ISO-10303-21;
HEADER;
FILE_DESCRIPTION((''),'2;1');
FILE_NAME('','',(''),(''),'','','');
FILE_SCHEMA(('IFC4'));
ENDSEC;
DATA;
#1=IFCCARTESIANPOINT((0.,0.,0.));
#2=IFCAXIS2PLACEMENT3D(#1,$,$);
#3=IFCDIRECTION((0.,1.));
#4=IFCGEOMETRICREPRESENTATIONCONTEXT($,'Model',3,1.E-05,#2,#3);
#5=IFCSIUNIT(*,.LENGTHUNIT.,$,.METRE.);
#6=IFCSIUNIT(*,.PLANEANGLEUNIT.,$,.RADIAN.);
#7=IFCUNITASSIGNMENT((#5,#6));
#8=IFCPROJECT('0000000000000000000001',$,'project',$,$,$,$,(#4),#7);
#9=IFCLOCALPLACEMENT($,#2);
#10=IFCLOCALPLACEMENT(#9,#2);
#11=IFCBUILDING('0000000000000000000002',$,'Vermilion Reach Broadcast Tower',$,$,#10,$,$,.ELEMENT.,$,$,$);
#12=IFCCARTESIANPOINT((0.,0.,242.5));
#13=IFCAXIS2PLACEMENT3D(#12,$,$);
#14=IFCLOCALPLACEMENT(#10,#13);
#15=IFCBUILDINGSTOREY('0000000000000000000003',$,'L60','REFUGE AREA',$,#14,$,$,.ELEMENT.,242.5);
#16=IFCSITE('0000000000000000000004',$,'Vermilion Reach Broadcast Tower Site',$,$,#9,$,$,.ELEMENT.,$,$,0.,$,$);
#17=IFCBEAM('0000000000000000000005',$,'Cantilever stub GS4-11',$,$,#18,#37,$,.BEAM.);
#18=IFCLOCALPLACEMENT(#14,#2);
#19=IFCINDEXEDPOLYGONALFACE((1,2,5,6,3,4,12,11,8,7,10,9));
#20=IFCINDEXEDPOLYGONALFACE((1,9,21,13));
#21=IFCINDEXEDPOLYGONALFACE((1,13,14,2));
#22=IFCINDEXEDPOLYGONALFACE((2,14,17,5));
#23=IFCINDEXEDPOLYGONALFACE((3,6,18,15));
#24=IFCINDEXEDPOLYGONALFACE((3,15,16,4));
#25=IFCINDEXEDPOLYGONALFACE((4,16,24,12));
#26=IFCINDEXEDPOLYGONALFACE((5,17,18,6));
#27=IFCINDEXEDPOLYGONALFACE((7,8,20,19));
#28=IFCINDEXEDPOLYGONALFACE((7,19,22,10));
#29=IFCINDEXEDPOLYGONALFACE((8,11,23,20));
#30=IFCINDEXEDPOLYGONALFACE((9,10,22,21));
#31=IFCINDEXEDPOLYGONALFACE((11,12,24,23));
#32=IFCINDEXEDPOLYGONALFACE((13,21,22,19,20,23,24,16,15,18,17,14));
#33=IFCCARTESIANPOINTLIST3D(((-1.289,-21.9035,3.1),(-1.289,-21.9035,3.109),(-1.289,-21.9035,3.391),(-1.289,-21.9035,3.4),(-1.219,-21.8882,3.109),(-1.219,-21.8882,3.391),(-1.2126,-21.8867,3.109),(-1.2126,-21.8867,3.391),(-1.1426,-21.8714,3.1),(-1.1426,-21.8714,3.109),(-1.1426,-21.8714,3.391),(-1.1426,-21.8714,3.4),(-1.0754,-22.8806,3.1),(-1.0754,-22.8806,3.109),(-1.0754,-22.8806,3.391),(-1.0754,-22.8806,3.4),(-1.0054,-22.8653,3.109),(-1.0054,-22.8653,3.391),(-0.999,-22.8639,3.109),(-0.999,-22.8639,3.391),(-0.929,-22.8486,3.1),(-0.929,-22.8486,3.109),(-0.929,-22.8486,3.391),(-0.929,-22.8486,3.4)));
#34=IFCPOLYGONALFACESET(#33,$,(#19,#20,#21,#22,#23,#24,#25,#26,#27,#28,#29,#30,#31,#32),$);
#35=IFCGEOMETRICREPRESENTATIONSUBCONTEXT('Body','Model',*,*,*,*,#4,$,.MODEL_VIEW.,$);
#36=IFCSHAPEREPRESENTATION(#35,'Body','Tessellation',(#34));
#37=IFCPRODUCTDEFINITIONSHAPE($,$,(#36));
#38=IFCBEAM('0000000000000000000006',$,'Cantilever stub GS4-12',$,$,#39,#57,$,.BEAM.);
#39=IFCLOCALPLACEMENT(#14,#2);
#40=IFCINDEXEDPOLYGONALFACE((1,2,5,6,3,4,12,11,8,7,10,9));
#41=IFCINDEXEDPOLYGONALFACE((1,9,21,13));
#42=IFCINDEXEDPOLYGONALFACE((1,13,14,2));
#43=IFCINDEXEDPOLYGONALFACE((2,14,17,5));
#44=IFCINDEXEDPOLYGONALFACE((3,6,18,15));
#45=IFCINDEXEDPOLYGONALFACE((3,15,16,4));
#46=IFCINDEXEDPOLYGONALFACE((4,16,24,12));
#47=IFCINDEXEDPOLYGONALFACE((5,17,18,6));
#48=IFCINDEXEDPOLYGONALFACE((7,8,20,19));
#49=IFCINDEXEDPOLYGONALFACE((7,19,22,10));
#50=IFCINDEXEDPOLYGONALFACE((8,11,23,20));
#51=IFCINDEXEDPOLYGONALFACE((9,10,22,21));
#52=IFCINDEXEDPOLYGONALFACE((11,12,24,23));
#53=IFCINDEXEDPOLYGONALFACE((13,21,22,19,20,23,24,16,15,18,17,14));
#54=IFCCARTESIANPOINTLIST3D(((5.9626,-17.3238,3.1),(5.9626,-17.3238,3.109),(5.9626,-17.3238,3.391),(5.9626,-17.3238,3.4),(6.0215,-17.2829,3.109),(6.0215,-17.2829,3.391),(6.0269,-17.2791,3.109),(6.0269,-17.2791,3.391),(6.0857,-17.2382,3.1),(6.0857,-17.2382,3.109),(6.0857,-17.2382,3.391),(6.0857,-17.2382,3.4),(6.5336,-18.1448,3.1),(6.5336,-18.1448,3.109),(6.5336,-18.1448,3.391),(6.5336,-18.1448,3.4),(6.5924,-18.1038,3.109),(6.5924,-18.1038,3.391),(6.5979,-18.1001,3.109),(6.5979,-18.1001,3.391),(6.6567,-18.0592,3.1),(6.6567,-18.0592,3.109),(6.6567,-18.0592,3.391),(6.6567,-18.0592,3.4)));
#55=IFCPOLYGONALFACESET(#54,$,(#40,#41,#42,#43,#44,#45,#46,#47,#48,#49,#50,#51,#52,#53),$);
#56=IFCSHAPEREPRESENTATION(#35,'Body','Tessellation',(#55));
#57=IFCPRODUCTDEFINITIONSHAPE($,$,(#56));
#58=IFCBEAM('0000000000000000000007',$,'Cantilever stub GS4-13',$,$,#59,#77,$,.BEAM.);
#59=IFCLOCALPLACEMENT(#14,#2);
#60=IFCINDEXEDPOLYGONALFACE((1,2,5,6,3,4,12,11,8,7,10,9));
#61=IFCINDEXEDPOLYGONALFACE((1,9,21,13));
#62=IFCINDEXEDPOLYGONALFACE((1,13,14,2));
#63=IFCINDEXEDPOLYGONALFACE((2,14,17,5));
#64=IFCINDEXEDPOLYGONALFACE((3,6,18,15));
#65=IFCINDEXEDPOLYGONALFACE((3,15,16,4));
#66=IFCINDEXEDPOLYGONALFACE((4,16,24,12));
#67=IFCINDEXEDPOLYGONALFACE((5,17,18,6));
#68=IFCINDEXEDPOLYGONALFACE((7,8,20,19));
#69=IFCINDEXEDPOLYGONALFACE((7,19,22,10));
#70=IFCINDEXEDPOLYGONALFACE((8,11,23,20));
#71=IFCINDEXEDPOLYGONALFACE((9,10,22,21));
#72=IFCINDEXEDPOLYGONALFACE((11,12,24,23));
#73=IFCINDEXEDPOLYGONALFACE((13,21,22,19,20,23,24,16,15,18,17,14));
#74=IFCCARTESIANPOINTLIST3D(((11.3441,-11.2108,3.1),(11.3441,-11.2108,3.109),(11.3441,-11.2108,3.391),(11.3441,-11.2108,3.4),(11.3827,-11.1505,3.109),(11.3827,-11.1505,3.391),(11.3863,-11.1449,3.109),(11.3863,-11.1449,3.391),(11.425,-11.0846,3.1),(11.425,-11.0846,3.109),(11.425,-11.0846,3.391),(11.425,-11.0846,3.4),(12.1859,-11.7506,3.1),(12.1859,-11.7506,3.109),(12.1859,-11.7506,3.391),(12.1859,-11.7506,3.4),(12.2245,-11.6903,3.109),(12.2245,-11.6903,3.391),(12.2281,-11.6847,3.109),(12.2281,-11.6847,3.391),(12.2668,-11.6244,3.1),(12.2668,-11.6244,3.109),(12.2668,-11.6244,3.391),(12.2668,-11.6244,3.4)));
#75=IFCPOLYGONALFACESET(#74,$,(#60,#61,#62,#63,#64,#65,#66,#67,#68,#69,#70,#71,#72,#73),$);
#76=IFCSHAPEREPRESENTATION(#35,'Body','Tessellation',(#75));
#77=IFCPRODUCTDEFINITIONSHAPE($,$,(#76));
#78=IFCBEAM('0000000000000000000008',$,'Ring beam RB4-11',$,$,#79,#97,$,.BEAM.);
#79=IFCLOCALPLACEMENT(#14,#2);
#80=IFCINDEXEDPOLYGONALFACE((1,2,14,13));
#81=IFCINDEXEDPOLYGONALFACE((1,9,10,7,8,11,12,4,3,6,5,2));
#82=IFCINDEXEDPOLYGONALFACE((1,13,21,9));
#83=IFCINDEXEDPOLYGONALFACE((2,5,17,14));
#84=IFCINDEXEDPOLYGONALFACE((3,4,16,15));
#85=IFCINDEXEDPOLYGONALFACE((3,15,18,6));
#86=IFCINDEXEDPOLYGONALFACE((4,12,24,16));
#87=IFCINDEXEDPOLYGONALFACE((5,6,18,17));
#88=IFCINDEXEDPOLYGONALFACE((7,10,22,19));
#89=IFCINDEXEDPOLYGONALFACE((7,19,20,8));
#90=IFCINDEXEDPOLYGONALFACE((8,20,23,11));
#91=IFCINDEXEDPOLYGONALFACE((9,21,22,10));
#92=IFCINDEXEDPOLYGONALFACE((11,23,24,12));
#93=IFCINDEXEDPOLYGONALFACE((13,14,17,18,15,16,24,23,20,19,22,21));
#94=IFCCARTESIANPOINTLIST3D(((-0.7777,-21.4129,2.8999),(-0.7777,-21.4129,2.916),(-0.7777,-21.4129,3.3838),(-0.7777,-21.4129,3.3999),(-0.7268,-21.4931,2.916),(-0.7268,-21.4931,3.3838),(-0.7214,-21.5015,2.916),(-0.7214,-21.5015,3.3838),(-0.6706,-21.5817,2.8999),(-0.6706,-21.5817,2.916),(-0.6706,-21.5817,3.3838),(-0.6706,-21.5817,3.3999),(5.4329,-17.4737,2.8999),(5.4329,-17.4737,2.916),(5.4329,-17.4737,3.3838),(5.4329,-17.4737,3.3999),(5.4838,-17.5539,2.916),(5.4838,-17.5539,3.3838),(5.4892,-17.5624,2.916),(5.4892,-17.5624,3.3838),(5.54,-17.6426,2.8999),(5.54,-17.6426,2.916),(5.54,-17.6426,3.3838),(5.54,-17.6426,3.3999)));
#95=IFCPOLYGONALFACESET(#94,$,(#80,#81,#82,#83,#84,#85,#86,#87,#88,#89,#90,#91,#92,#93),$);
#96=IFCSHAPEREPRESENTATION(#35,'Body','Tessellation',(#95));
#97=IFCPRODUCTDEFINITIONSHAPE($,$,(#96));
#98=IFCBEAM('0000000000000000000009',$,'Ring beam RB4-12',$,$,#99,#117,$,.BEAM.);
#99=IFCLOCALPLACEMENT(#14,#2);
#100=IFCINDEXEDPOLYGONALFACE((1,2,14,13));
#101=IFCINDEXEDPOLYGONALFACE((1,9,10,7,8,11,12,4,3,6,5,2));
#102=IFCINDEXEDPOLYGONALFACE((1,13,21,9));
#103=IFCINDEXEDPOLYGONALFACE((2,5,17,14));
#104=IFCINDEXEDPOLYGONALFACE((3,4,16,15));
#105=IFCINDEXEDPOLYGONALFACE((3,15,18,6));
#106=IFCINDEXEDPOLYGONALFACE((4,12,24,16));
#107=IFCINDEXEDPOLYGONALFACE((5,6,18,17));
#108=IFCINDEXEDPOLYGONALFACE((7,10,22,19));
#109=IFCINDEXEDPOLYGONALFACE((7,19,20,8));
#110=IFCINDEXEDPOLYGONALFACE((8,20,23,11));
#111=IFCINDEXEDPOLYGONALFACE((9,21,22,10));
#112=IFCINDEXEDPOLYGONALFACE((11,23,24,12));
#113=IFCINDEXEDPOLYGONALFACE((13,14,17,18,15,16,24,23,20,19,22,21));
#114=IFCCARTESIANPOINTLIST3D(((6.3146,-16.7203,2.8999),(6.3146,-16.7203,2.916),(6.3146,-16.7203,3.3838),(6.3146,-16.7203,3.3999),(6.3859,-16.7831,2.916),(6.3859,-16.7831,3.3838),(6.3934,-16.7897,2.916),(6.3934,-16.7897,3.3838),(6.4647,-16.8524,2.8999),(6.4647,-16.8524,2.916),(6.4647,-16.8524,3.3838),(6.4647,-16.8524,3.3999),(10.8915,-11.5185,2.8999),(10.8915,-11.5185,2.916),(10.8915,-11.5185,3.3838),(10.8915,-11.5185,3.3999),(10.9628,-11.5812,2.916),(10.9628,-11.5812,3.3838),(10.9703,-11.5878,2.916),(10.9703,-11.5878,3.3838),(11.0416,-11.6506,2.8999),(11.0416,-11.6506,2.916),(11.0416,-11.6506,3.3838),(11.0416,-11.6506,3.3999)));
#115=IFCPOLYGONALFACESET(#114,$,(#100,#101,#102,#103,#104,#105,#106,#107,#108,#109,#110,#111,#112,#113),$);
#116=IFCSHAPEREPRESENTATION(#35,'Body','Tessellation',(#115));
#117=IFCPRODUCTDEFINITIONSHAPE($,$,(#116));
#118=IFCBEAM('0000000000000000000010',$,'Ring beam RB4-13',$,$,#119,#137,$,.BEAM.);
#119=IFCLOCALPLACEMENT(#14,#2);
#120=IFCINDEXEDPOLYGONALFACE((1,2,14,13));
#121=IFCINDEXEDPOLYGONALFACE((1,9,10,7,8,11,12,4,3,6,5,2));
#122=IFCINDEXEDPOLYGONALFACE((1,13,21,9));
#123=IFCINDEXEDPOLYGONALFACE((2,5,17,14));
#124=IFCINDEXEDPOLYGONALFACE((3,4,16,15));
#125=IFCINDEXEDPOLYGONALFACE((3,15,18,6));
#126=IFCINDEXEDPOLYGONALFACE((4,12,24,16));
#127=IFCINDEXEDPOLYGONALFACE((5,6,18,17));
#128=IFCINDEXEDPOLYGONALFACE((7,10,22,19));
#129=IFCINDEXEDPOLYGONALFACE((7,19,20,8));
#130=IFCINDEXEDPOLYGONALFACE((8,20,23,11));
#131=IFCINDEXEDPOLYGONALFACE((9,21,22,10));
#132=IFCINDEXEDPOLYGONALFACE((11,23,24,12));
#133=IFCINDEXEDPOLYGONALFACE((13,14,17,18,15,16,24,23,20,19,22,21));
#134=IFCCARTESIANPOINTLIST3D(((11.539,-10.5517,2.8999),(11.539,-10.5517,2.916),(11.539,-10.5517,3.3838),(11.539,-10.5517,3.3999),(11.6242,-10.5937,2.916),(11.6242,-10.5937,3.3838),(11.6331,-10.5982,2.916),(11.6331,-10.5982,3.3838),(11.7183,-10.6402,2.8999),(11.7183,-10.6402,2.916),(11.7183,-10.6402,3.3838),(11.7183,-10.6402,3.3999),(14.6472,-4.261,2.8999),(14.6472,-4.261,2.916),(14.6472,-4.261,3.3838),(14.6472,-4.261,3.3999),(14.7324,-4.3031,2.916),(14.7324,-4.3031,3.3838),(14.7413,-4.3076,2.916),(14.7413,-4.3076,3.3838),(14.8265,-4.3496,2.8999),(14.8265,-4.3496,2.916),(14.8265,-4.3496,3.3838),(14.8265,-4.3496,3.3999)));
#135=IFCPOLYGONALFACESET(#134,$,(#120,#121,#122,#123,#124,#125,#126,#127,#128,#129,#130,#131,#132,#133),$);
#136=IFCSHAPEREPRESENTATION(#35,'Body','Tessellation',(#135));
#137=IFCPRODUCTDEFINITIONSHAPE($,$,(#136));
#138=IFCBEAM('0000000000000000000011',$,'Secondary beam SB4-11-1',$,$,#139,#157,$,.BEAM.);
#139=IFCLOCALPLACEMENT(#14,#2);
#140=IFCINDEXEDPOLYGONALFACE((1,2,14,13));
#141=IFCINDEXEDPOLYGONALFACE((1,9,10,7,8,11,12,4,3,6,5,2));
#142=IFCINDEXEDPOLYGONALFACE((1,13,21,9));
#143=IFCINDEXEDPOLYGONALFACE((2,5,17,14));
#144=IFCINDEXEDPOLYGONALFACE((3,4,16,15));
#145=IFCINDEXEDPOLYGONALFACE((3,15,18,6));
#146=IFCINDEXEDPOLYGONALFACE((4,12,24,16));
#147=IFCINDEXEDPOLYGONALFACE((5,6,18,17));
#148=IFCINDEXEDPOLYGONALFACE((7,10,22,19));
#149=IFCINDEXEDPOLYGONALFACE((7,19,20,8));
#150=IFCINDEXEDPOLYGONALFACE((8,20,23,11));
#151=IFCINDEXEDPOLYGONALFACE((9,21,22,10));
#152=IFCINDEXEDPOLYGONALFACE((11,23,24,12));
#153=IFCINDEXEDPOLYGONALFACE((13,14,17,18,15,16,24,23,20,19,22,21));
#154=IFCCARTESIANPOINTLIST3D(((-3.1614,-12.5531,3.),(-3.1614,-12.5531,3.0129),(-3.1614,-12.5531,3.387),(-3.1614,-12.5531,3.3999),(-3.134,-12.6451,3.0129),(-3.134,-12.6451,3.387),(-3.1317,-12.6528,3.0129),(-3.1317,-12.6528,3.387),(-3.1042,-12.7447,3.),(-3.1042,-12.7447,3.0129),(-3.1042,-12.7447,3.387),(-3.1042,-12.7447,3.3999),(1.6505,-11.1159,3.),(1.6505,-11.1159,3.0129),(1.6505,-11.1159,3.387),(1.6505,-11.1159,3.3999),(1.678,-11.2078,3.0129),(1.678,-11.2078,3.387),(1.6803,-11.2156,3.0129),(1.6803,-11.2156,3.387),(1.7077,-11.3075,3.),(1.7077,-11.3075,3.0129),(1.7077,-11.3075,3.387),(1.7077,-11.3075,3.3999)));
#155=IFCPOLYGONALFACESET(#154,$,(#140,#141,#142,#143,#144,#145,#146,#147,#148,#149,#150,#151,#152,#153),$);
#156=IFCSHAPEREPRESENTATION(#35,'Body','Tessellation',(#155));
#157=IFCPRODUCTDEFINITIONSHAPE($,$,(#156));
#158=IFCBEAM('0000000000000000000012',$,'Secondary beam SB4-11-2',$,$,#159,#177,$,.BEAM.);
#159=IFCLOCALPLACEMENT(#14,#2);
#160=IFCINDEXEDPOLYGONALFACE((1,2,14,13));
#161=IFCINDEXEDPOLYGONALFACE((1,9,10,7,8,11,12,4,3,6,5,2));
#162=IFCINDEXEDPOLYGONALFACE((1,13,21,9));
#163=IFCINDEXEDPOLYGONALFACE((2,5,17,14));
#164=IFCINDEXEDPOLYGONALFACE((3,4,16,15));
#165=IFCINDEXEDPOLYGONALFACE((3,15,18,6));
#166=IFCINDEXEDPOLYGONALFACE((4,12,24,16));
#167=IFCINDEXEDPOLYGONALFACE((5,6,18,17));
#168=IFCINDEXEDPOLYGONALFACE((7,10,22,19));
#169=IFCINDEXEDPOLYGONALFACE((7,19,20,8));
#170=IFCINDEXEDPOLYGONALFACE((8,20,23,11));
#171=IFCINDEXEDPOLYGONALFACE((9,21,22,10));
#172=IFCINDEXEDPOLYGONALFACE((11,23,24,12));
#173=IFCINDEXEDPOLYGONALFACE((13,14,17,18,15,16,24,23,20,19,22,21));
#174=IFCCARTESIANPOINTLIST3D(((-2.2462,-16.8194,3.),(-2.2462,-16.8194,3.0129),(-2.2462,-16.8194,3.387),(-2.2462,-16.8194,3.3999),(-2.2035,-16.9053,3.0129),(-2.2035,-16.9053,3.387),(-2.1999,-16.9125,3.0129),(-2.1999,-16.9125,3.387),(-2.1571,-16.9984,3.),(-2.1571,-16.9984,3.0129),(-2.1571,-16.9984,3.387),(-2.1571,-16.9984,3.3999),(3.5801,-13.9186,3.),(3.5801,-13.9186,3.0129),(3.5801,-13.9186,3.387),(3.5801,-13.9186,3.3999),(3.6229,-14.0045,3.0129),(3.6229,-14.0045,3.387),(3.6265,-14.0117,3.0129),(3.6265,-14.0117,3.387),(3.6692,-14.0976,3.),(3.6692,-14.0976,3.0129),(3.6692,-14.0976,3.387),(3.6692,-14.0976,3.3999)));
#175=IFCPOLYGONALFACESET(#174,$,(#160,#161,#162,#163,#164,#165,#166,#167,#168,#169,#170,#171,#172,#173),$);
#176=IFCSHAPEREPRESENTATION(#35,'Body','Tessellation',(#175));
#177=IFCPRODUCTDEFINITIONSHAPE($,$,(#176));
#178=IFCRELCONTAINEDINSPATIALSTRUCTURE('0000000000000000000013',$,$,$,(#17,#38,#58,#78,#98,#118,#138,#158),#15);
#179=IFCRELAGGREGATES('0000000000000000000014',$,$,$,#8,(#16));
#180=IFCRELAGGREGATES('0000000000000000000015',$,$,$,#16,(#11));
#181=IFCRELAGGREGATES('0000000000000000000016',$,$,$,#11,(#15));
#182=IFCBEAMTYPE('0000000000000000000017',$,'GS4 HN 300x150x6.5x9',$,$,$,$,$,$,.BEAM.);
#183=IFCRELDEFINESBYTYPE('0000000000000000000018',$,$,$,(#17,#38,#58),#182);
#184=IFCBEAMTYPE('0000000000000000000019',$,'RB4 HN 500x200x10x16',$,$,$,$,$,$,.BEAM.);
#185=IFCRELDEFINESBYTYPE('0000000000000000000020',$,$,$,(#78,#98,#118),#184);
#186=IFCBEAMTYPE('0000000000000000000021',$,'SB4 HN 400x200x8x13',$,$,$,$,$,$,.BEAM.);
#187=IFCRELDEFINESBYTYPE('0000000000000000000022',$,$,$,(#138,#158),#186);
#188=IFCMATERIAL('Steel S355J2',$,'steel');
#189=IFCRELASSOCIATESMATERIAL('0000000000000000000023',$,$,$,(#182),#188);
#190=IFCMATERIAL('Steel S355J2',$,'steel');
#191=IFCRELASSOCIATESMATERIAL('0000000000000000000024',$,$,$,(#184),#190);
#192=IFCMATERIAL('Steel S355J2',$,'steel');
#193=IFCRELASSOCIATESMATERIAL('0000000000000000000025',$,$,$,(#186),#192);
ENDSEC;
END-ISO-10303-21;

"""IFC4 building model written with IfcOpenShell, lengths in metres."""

from ifc_helpers import new_model, si_unit, direction, frame, origin, origin_2d, place, context, subcontext, project, spatial, i_section, extrude, material, material_profile, profile_set, type_object, element, save


model = new_model("IFC4")

# Units and contexts
model_context = context("Model", 3, precision=1e-05, world=origin(), true_north=direction((0.0, 1.0)))
body_context = subcontext(model_context, "Body", "Model", "MODEL_VIEW")
ifc_project = project(units=[si_unit("LENGTHUNIT", "METRE"), si_unit("PLANEANGLEUNIT", "RADIAN")], contexts=[model_context])

# Site, building, storey
site_placement = place(None, origin())
site = spatial("IfcSite", under=ifc_project, at=site_placement, Name="Vermilion Reach Broadcast Tower Site", CompositionType="ELEMENT", RefElevation=0.0)
building_placement = place(site_placement, origin())
building = spatial("IfcBuilding", under=site, at=building_placement, Name="Vermilion Reach Broadcast Tower", CompositionType="ELEMENT")
storey_placement = place(building_placement, frame((0.0, 0.0, 242.5)))
storey = spatial("IfcBuildingStorey", under=building, at=storey_placement, Name="L60", Description="REFUGE AREA", CompositionType="ELEMENT", Elevation=242.5)

# Beams
ifc_material_1 = material(Name="Steel S355J2", Category="steel")
ifc_material_profile_1 = material_profile(ifc_material_1, i_section(OverallWidth=0.1499, OverallDepth=0.3, WebThickness=0.0066, FlangeThickness=0.009, at=origin_2d()), Name="S355J2 HN 300x150x6.5x9")
ifc_profile_set_1 = profile_set([ifc_material_profile_1], Name="Steel S355J2")
beam_type_1 = type_object("IfcBeamType", Name="GS4 HN 300x150x6.5x9", PredefinedType="BEAM", material=ifc_profile_set_1)
beam_1_placement = place(storey_placement, frame((-1.2158, -21.8875, 3.25), z_axis=(0.213595, -0.976922, 0.0), x_axis=(0.976922, 0.213595, 0.0)))
element("IfcBeam", 1, at=beam_1_placement, inside=storey, type_object=beam_type_1, Name="Cantilever stub GS4-11", PredefinedType="BEAM", context=body_context, shape_type="SweptSolid", body=[
    extrude(i_section(OverallWidth=0.1499, OverallDepth=0.3, WebThickness=0.0066, FlangeThickness=0.009, at=origin_2d()), origin(), (0.0, 0.0, 1.0), 1.0002),
])
for number, where, z_axis, x_axis, name in (
    (2, (6.0242, -17.281, 3.25), (0.570986, -0.82096, 0.0), (0.82096, 0.570986, 0.0), "Cantilever stub GS4-12"),
    (3, (11.3845, -11.1477, 3.25), (0.841797, -0.539795, 0.0), (0.539795, 0.841797, 0.0), "Cantilever stub GS4-13"),
):
    element("IfcBeam", number, at=place(storey_placement, frame(where, z_axis=z_axis, x_axis=x_axis)), inside=storey, type_object=beam_type_1, Name=name, PredefinedType="BEAM", context=body_context, shape_type="SweptSolid", body=[
        extrude(i_section(OverallWidth=0.1499, OverallDepth=0.3, WebThickness=0.0066, FlangeThickness=0.009, at=origin_2d()), origin(), (0.0, 0.0, 1.0), 1.0),
    ])
ifc_material_2 = material(Name="Steel S355J2", Category="steel")
ifc_material_profile_2 = material_profile(ifc_material_2, i_section(OverallWidth=0.2, OverallDepth=0.5, WebThickness=0.01, FlangeThickness=0.0161, at=origin_2d()), Name="S355J2 HN 500x200x10x16")
ifc_profile_set_2 = profile_set([ifc_material_profile_2], Name="Steel S355J2")
beam_type_2 = type_object("IfcBeamType", Name="RB4 HN 500x200x10x16", PredefinedType="BEAM", material=ifc_profile_set_2)
beam_2_placement = place(storey_placement, frame((-0.7241, -21.4973, 3.1499), z_axis=(0.844464, 0.535612, 0.0), x_axis=(-0.535612, 0.844464, 0.0)))
element("IfcBeam", 4, at=beam_2_placement, inside=storey, type_object=beam_type_2, Name="Ring beam RB4-11", PredefinedType="BEAM", context=body_context, shape_type="SweptSolid", body=[
    extrude(i_section(OverallWidth=0.2, OverallDepth=0.5, WebThickness=0.01, FlangeThickness=0.0161, at=origin_2d()), origin(), (0.0, 0.0, 1.0), 7.3545),
])
beam_3_placement = place(storey_placement, frame((6.3896, -16.7864, 3.1499), z_axis=(0.660565, 0.750769, 0.0), x_axis=(-0.750769, 0.660565, 0.0)))
element("IfcBeam", 5, at=beam_3_placement, inside=storey, type_object=beam_type_2, Name="Ring beam RB4-12", PredefinedType="BEAM", context=body_context, shape_type="SweptSolid", body=[
    extrude(i_section(OverallWidth=0.2, OverallDepth=0.5, WebThickness=0.01, FlangeThickness=0.0161, at=origin_2d()), origin(), (0.0, 0.0, 1.0), 6.9287),
])
beam_4_placement = place(storey_placement, frame((11.6287, -10.5959, 3.1499), z_axis=(0.442977, 0.896533, 0.0), x_axis=(-0.896533, 0.442977, 0.0)))
element("IfcBeam", 6, at=beam_4_placement, inside=storey, type_object=beam_type_2, Name="Ring beam RB4-13", PredefinedType="BEAM", context=body_context, shape_type="SweptSolid", body=[
    extrude(i_section(OverallWidth=0.2, OverallDepth=0.5, WebThickness=0.01, FlangeThickness=0.0161, at=origin_2d()), origin(), (0.0, 0.0, 1.0), 7.0166),
])
ifc_material_3 = material(Name="Steel S355J2", Category="steel")
ifc_material_profile_3 = material_profile(ifc_material_3, i_section(OverallWidth=0.2, OverallDepth=0.3999, WebThickness=0.0081, FlangeThickness=0.0129, at=origin_2d()), Name="S355J2 HN 400x200x8x13")
ifc_profile_set_3 = profile_set([ifc_material_profile_3], Name="Steel S355J2")
beam_type_3 = type_object("IfcBeamType", Name="SB4 HN 400x200x8x13", PredefinedType="BEAM", material=ifc_profile_set_3)
beam_5_placement = place(storey_placement, frame((-3.1328, -12.6489, 3.2), z_axis=(0.958173, 0.286188, 0.0), x_axis=(-0.286188, 0.958173, 0.0)))
element("IfcBeam", 7, at=beam_5_placement, inside=storey, type_object=beam_type_3, Name="Secondary beam SB4-11-1", PredefinedType="BEAM", context=body_context, shape_type="SweptSolid", body=[
    extrude(i_section(OverallWidth=0.2, OverallDepth=0.3999, WebThickness=0.0081, FlangeThickness=0.0129, at=origin_2d()), origin(), (0.0, 0.0, 1.0), 5.022),
])
beam_6_placement = place(storey_placement, frame((-2.2017, -16.9089, 3.2), z_axis=(0.895184, 0.445698, 0.0), x_axis=(-0.445698, 0.895184, 0.0)))
element("IfcBeam", 8, at=beam_6_placement, inside=storey, type_object=beam_type_3, Name="Secondary beam SB4-11-2", PredefinedType="BEAM", context=body_context, shape_type="SweptSolid", body=[
    extrude(i_section(OverallWidth=0.2, OverallDepth=0.3999, WebThickness=0.0081, FlangeThickness=0.0129, at=origin_2d()), origin(), (0.0, 0.0, 1.0), 6.5085),
])

save(model, "model.ifc")
